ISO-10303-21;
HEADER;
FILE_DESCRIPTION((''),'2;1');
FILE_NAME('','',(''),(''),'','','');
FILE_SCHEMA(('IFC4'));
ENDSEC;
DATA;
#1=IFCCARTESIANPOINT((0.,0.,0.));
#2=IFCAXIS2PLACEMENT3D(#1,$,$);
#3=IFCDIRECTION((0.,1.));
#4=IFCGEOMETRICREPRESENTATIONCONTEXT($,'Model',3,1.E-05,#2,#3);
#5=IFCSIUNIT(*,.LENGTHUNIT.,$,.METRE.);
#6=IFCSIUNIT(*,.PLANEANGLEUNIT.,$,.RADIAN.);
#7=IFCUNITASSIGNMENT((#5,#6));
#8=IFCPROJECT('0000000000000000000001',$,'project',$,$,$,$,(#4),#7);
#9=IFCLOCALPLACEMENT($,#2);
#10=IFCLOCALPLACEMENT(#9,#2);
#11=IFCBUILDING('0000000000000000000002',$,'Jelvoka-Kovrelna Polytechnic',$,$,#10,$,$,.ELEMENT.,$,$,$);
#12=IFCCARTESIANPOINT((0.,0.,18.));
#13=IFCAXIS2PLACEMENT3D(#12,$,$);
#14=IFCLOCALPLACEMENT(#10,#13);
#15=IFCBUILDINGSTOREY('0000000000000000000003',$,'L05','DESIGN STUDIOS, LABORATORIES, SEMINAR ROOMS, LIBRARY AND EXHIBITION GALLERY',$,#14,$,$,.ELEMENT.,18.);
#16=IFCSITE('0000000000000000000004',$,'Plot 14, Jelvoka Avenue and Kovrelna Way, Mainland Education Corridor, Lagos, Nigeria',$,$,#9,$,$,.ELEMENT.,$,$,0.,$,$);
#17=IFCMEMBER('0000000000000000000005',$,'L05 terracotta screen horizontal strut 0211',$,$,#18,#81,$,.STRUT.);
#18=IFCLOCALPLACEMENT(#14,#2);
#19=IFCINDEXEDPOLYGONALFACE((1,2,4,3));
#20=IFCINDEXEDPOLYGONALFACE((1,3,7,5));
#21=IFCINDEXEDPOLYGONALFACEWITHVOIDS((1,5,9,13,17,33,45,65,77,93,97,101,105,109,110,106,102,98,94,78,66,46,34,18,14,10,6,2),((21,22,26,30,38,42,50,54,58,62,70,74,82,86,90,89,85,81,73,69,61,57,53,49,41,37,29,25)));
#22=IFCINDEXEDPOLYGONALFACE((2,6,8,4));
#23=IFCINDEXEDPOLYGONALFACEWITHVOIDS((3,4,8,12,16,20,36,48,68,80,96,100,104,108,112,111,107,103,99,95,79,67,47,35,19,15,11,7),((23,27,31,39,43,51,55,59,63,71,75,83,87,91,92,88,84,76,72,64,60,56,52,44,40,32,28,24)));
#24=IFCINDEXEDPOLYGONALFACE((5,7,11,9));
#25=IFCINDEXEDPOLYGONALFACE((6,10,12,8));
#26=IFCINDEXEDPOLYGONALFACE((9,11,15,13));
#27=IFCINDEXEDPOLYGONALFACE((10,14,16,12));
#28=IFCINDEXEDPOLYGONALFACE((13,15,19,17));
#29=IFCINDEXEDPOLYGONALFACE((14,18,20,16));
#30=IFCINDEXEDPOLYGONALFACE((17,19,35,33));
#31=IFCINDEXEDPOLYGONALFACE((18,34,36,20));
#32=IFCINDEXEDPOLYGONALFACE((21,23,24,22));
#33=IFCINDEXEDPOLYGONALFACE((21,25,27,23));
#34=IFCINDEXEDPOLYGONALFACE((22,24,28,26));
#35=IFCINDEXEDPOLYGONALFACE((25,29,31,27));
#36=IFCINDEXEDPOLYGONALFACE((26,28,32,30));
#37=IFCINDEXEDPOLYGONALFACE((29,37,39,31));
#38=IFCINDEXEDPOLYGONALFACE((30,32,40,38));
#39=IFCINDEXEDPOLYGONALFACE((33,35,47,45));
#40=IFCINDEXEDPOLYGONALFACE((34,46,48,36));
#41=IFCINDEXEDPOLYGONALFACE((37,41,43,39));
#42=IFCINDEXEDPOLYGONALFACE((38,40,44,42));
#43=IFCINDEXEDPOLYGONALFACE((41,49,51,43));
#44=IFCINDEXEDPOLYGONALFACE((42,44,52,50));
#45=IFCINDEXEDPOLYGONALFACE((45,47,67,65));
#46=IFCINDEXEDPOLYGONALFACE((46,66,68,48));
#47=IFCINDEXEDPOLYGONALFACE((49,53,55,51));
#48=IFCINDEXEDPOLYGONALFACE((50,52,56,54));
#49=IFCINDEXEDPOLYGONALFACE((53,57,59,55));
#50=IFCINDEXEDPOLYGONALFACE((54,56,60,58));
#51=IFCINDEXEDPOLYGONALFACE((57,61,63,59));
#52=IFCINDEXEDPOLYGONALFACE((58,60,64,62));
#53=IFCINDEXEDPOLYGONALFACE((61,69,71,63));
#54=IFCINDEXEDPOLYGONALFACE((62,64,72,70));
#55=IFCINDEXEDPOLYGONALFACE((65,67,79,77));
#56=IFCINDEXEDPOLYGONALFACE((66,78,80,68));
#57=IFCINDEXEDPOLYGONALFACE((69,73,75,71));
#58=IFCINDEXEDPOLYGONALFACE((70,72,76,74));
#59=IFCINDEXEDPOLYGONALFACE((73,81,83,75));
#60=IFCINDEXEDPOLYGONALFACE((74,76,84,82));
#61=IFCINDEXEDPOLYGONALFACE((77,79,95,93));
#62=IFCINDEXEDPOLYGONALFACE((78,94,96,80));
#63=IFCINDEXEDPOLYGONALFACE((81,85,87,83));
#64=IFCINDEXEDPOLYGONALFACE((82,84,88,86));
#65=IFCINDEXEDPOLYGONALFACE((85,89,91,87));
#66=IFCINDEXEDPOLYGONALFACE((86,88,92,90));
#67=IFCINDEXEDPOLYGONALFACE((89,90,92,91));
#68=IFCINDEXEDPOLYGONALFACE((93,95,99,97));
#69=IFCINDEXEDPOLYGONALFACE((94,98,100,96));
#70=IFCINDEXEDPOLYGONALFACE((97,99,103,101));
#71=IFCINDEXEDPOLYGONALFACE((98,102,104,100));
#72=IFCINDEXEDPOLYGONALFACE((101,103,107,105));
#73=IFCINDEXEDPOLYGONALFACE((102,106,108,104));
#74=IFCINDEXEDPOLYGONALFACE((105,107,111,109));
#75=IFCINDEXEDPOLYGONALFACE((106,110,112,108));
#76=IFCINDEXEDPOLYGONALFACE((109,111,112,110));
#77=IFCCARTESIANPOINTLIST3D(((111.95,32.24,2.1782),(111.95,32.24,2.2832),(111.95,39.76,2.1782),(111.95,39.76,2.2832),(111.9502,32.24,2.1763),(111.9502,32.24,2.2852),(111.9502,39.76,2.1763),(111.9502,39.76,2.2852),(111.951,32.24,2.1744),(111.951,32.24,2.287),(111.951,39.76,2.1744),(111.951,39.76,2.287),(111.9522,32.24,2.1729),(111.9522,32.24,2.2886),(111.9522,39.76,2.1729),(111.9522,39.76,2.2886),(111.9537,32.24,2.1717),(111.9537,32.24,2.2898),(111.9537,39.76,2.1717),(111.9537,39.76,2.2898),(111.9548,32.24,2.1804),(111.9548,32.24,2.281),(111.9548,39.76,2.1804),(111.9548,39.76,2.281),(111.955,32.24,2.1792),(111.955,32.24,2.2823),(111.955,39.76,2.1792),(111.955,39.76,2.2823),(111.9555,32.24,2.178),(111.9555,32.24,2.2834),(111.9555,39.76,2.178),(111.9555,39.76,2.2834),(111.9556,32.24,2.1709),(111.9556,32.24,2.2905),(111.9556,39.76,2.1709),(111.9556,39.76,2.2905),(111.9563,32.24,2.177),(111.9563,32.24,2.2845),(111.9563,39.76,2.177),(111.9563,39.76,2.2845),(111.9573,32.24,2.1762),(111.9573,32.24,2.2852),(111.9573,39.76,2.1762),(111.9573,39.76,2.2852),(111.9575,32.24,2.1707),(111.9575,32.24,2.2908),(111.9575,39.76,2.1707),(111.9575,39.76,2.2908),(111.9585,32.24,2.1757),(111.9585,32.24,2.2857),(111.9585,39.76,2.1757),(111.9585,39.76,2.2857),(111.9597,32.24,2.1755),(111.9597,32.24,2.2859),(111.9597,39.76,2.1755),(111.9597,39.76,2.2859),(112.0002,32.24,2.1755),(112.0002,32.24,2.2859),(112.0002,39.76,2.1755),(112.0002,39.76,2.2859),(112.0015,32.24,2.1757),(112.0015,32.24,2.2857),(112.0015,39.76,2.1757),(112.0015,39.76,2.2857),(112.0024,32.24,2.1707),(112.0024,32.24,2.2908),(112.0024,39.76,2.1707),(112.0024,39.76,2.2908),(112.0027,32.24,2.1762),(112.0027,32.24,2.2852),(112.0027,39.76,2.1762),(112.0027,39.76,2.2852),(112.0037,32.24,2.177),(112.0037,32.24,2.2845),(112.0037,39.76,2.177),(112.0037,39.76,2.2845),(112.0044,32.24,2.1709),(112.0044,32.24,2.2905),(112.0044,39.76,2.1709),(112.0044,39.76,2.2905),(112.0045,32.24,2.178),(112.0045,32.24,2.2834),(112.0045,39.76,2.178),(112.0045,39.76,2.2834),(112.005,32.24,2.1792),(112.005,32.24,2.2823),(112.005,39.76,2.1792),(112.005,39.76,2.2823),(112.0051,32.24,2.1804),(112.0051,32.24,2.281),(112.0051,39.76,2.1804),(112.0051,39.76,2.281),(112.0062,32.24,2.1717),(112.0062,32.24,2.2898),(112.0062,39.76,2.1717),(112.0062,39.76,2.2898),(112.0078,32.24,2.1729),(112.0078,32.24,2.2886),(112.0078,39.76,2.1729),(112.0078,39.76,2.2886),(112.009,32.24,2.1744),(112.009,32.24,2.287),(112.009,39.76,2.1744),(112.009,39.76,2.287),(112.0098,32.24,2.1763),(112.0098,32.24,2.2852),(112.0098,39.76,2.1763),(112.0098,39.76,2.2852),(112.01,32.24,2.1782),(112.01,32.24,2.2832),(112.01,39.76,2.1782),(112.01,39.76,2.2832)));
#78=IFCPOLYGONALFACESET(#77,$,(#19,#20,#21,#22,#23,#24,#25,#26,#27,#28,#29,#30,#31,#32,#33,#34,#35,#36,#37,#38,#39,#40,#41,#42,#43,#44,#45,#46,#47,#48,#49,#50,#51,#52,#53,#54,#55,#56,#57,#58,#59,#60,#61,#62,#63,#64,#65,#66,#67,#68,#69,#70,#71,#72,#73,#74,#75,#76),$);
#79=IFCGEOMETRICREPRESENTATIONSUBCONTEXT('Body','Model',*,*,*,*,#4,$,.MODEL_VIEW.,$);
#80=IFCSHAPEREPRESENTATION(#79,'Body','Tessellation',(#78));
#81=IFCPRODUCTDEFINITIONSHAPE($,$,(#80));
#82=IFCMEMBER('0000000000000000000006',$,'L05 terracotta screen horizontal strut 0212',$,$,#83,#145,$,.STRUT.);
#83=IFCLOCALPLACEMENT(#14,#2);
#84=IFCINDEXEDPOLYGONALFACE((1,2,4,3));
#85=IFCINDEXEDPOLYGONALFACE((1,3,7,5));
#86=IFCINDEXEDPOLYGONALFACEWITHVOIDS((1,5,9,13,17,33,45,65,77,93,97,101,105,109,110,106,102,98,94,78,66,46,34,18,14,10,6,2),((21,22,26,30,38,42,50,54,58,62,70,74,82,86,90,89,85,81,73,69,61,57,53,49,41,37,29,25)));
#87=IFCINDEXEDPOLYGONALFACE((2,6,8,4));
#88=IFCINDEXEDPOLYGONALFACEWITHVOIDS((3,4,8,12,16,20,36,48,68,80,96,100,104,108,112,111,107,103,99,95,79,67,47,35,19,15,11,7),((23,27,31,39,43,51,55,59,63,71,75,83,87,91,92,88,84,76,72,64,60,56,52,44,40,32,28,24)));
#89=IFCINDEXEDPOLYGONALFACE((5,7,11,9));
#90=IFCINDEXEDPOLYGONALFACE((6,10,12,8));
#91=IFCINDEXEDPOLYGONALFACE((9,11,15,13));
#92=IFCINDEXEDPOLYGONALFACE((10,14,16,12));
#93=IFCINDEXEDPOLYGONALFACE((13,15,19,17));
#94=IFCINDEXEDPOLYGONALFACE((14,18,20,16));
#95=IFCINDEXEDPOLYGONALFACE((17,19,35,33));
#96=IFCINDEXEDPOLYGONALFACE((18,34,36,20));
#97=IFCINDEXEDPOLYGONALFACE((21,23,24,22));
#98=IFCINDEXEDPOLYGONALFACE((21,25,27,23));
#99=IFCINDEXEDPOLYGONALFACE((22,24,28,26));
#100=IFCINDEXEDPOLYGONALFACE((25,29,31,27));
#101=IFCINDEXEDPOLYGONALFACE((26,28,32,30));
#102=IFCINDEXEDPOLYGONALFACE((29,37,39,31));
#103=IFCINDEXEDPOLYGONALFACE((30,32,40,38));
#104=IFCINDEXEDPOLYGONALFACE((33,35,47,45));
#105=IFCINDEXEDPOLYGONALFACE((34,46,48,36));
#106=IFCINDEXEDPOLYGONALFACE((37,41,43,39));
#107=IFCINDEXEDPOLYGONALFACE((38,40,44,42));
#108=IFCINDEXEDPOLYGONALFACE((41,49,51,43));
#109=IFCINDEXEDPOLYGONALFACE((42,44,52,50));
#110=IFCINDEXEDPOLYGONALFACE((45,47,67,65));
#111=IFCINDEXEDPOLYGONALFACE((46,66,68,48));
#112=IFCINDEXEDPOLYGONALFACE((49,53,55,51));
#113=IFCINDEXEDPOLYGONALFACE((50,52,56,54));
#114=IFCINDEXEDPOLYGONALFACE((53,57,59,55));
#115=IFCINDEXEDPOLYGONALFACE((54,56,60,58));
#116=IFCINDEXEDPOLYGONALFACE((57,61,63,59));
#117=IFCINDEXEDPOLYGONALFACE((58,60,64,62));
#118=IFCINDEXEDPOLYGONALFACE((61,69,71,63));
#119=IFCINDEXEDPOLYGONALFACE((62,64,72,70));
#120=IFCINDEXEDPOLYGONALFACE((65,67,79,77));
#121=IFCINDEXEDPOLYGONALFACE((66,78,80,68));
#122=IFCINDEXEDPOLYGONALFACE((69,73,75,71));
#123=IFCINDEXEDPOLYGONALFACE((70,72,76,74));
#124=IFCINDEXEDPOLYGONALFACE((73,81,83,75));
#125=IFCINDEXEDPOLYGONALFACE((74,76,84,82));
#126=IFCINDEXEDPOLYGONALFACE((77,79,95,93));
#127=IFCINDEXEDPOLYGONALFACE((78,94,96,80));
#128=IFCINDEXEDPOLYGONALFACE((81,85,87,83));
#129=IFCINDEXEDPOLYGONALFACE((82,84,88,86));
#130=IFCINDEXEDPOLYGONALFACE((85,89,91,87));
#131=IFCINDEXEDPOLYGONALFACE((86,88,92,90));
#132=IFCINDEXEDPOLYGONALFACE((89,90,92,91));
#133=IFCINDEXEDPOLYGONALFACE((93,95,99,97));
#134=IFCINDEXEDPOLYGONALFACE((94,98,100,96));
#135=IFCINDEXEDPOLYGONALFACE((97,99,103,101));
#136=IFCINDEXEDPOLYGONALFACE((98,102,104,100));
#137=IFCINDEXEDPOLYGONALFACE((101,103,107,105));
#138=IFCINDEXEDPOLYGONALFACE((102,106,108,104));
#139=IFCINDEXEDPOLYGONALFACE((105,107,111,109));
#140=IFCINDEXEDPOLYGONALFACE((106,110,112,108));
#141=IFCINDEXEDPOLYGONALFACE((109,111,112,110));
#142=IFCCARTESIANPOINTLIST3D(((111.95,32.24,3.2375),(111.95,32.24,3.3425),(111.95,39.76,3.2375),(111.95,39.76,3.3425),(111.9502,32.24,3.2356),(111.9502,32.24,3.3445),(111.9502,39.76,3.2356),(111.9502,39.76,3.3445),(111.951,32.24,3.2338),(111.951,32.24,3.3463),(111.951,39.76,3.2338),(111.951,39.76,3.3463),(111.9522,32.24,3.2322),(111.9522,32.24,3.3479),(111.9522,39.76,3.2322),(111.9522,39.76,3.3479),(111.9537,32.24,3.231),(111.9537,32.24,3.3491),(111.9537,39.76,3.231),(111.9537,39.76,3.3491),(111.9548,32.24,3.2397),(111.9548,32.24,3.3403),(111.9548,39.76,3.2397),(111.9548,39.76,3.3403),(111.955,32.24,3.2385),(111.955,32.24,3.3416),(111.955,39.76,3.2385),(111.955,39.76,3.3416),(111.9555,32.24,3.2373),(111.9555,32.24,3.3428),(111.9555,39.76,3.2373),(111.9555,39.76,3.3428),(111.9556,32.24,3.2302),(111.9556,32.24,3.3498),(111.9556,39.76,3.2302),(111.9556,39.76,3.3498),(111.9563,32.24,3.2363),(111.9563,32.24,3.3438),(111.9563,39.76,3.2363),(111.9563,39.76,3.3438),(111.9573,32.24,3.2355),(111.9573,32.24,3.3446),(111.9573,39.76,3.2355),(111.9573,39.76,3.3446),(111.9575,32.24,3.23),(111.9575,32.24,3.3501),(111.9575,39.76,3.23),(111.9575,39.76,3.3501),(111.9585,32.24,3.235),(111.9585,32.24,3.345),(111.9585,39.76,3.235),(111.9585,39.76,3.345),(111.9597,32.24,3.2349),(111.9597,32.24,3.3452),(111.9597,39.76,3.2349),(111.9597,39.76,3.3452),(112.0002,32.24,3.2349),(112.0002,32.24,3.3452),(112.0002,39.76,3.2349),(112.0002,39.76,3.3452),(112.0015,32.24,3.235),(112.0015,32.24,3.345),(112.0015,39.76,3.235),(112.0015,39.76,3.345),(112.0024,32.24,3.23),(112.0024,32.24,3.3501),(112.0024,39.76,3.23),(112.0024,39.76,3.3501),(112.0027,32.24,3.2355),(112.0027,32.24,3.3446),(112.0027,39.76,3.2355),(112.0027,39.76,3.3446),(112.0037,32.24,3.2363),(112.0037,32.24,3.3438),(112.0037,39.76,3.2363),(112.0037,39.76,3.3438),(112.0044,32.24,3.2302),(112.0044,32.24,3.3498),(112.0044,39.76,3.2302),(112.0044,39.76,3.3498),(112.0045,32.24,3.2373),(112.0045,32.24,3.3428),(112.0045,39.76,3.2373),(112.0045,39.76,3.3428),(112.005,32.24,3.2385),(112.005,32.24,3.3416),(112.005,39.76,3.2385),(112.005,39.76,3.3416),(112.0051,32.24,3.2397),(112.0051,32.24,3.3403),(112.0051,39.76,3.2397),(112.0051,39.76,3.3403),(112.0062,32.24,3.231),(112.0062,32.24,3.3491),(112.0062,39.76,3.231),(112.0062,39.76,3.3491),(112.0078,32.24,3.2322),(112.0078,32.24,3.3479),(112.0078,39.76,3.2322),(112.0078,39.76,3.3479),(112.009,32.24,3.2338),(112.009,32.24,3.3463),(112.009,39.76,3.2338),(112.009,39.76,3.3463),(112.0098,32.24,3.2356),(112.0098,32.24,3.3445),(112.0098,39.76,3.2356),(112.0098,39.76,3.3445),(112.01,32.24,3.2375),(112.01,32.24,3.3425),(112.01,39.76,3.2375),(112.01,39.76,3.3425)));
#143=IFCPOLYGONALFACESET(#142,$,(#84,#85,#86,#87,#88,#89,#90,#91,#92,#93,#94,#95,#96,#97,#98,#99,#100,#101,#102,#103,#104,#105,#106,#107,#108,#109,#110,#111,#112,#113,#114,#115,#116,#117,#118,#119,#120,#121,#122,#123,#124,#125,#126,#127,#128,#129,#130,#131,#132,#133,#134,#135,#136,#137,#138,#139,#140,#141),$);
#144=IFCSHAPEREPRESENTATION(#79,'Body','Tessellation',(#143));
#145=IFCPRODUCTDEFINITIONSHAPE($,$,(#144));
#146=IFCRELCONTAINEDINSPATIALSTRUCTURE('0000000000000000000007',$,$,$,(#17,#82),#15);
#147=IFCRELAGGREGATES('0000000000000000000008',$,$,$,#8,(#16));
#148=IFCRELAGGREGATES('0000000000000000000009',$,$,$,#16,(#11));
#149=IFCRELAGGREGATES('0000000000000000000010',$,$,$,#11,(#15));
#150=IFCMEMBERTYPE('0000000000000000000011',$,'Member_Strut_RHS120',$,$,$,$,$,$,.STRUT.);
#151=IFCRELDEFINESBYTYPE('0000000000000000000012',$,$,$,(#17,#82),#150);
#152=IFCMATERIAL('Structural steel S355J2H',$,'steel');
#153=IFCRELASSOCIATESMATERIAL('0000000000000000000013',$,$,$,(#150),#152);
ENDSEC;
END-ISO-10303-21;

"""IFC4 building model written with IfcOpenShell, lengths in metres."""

from ifc_helpers import new_model, si_unit, direction, frame, origin, origin_2d, place, context, subcontext, project, spatial, hollow_rectangle, extrude, material, material_profile, profile_set, type_object, element, save


model = new_model("IFC4")

# Units and contexts
model_context = context("Model", 3, precision=1e-05, world=origin(), true_north=direction((0.0, 1.0)))
body_context = subcontext(model_context, "Body", "Model", "MODEL_VIEW")
ifc_project = project(units=[si_unit("LENGTHUNIT", "METRE"), si_unit("PLANEANGLEUNIT", "RADIAN")], contexts=[model_context])

# Site, building, storey
site_placement = place(None, origin())
site = spatial("IfcSite", under=ifc_project, at=site_placement, Name="Plot 14, Jelvoka Avenue and Kovrelna Way, Mainland Education Corridor, Lagos, Nigeria", CompositionType="ELEMENT", RefElevation=0.0)
building_placement = place(site_placement, origin())
building = spatial("IfcBuilding", under=site, at=building_placement, Name="Jelvoka-Kovrelna Polytechnic", CompositionType="ELEMENT")
storey_placement = place(building_placement, frame((0.0, 0.0, 18.0)))
storey = spatial("IfcBuildingStorey", under=building, at=storey_placement, Name="L05", Description="DESIGN STUDIOS, LABORATORIES, SEMINAR ROOMS, LIBRARY AND EXHIBITION GALLERY", CompositionType="ELEMENT", Elevation=18.0)

# Members
ifc_material_1 = material(Name="Structural steel S355J2H", Category="steel")
ifc_material_profile_1 = material_profile(ifc_material_1, hollow_rectangle(XDim=0.0601, YDim=0.1201, WallThickness=0.0049, InnerFilletRadius=0.0049, OuterFilletRadius=0.0076, at=origin_2d()), Name="120x60x5.0 RHS")
ifc_profile_set_1 = profile_set([ifc_material_profile_1], Name="Structural steel S355J2H")
member_type_1 = type_object("IfcMemberType", Name="Member_Strut_RHS120", PredefinedType="STRUT", material=ifc_profile_set_1)
for number, where, z_axis, x_axis, name in (
    (1, (111.98, 32.24, 2.2307), (0.0, 1.0, 0.0), (-1.0, 0.0, 0.0), "L05 terracotta screen horizontal strut 0211"),
    (2, (111.98, 32.24, 3.29), (0.0, 1.0, 0.0), (-1.0, 0.0, 0.0), "L05 terracotta screen horizontal strut 0212"),
):
    element("IfcMember", number, at=place(storey_placement, frame(where, z_axis=z_axis, x_axis=x_axis)), inside=storey, type_object=member_type_1, Name=name, PredefinedType="STRUT", context=body_context, shape_type="SweptSolid", body=[
        extrude(hollow_rectangle(XDim=0.0601, YDim=0.1201, WallThickness=0.0049, InnerFilletRadius=0.0049, OuterFilletRadius=0.0076, at=origin_2d()), origin(), (0.0, 0.0, 1.0), 7.52),
    ])

save(model, "model.ifc")
